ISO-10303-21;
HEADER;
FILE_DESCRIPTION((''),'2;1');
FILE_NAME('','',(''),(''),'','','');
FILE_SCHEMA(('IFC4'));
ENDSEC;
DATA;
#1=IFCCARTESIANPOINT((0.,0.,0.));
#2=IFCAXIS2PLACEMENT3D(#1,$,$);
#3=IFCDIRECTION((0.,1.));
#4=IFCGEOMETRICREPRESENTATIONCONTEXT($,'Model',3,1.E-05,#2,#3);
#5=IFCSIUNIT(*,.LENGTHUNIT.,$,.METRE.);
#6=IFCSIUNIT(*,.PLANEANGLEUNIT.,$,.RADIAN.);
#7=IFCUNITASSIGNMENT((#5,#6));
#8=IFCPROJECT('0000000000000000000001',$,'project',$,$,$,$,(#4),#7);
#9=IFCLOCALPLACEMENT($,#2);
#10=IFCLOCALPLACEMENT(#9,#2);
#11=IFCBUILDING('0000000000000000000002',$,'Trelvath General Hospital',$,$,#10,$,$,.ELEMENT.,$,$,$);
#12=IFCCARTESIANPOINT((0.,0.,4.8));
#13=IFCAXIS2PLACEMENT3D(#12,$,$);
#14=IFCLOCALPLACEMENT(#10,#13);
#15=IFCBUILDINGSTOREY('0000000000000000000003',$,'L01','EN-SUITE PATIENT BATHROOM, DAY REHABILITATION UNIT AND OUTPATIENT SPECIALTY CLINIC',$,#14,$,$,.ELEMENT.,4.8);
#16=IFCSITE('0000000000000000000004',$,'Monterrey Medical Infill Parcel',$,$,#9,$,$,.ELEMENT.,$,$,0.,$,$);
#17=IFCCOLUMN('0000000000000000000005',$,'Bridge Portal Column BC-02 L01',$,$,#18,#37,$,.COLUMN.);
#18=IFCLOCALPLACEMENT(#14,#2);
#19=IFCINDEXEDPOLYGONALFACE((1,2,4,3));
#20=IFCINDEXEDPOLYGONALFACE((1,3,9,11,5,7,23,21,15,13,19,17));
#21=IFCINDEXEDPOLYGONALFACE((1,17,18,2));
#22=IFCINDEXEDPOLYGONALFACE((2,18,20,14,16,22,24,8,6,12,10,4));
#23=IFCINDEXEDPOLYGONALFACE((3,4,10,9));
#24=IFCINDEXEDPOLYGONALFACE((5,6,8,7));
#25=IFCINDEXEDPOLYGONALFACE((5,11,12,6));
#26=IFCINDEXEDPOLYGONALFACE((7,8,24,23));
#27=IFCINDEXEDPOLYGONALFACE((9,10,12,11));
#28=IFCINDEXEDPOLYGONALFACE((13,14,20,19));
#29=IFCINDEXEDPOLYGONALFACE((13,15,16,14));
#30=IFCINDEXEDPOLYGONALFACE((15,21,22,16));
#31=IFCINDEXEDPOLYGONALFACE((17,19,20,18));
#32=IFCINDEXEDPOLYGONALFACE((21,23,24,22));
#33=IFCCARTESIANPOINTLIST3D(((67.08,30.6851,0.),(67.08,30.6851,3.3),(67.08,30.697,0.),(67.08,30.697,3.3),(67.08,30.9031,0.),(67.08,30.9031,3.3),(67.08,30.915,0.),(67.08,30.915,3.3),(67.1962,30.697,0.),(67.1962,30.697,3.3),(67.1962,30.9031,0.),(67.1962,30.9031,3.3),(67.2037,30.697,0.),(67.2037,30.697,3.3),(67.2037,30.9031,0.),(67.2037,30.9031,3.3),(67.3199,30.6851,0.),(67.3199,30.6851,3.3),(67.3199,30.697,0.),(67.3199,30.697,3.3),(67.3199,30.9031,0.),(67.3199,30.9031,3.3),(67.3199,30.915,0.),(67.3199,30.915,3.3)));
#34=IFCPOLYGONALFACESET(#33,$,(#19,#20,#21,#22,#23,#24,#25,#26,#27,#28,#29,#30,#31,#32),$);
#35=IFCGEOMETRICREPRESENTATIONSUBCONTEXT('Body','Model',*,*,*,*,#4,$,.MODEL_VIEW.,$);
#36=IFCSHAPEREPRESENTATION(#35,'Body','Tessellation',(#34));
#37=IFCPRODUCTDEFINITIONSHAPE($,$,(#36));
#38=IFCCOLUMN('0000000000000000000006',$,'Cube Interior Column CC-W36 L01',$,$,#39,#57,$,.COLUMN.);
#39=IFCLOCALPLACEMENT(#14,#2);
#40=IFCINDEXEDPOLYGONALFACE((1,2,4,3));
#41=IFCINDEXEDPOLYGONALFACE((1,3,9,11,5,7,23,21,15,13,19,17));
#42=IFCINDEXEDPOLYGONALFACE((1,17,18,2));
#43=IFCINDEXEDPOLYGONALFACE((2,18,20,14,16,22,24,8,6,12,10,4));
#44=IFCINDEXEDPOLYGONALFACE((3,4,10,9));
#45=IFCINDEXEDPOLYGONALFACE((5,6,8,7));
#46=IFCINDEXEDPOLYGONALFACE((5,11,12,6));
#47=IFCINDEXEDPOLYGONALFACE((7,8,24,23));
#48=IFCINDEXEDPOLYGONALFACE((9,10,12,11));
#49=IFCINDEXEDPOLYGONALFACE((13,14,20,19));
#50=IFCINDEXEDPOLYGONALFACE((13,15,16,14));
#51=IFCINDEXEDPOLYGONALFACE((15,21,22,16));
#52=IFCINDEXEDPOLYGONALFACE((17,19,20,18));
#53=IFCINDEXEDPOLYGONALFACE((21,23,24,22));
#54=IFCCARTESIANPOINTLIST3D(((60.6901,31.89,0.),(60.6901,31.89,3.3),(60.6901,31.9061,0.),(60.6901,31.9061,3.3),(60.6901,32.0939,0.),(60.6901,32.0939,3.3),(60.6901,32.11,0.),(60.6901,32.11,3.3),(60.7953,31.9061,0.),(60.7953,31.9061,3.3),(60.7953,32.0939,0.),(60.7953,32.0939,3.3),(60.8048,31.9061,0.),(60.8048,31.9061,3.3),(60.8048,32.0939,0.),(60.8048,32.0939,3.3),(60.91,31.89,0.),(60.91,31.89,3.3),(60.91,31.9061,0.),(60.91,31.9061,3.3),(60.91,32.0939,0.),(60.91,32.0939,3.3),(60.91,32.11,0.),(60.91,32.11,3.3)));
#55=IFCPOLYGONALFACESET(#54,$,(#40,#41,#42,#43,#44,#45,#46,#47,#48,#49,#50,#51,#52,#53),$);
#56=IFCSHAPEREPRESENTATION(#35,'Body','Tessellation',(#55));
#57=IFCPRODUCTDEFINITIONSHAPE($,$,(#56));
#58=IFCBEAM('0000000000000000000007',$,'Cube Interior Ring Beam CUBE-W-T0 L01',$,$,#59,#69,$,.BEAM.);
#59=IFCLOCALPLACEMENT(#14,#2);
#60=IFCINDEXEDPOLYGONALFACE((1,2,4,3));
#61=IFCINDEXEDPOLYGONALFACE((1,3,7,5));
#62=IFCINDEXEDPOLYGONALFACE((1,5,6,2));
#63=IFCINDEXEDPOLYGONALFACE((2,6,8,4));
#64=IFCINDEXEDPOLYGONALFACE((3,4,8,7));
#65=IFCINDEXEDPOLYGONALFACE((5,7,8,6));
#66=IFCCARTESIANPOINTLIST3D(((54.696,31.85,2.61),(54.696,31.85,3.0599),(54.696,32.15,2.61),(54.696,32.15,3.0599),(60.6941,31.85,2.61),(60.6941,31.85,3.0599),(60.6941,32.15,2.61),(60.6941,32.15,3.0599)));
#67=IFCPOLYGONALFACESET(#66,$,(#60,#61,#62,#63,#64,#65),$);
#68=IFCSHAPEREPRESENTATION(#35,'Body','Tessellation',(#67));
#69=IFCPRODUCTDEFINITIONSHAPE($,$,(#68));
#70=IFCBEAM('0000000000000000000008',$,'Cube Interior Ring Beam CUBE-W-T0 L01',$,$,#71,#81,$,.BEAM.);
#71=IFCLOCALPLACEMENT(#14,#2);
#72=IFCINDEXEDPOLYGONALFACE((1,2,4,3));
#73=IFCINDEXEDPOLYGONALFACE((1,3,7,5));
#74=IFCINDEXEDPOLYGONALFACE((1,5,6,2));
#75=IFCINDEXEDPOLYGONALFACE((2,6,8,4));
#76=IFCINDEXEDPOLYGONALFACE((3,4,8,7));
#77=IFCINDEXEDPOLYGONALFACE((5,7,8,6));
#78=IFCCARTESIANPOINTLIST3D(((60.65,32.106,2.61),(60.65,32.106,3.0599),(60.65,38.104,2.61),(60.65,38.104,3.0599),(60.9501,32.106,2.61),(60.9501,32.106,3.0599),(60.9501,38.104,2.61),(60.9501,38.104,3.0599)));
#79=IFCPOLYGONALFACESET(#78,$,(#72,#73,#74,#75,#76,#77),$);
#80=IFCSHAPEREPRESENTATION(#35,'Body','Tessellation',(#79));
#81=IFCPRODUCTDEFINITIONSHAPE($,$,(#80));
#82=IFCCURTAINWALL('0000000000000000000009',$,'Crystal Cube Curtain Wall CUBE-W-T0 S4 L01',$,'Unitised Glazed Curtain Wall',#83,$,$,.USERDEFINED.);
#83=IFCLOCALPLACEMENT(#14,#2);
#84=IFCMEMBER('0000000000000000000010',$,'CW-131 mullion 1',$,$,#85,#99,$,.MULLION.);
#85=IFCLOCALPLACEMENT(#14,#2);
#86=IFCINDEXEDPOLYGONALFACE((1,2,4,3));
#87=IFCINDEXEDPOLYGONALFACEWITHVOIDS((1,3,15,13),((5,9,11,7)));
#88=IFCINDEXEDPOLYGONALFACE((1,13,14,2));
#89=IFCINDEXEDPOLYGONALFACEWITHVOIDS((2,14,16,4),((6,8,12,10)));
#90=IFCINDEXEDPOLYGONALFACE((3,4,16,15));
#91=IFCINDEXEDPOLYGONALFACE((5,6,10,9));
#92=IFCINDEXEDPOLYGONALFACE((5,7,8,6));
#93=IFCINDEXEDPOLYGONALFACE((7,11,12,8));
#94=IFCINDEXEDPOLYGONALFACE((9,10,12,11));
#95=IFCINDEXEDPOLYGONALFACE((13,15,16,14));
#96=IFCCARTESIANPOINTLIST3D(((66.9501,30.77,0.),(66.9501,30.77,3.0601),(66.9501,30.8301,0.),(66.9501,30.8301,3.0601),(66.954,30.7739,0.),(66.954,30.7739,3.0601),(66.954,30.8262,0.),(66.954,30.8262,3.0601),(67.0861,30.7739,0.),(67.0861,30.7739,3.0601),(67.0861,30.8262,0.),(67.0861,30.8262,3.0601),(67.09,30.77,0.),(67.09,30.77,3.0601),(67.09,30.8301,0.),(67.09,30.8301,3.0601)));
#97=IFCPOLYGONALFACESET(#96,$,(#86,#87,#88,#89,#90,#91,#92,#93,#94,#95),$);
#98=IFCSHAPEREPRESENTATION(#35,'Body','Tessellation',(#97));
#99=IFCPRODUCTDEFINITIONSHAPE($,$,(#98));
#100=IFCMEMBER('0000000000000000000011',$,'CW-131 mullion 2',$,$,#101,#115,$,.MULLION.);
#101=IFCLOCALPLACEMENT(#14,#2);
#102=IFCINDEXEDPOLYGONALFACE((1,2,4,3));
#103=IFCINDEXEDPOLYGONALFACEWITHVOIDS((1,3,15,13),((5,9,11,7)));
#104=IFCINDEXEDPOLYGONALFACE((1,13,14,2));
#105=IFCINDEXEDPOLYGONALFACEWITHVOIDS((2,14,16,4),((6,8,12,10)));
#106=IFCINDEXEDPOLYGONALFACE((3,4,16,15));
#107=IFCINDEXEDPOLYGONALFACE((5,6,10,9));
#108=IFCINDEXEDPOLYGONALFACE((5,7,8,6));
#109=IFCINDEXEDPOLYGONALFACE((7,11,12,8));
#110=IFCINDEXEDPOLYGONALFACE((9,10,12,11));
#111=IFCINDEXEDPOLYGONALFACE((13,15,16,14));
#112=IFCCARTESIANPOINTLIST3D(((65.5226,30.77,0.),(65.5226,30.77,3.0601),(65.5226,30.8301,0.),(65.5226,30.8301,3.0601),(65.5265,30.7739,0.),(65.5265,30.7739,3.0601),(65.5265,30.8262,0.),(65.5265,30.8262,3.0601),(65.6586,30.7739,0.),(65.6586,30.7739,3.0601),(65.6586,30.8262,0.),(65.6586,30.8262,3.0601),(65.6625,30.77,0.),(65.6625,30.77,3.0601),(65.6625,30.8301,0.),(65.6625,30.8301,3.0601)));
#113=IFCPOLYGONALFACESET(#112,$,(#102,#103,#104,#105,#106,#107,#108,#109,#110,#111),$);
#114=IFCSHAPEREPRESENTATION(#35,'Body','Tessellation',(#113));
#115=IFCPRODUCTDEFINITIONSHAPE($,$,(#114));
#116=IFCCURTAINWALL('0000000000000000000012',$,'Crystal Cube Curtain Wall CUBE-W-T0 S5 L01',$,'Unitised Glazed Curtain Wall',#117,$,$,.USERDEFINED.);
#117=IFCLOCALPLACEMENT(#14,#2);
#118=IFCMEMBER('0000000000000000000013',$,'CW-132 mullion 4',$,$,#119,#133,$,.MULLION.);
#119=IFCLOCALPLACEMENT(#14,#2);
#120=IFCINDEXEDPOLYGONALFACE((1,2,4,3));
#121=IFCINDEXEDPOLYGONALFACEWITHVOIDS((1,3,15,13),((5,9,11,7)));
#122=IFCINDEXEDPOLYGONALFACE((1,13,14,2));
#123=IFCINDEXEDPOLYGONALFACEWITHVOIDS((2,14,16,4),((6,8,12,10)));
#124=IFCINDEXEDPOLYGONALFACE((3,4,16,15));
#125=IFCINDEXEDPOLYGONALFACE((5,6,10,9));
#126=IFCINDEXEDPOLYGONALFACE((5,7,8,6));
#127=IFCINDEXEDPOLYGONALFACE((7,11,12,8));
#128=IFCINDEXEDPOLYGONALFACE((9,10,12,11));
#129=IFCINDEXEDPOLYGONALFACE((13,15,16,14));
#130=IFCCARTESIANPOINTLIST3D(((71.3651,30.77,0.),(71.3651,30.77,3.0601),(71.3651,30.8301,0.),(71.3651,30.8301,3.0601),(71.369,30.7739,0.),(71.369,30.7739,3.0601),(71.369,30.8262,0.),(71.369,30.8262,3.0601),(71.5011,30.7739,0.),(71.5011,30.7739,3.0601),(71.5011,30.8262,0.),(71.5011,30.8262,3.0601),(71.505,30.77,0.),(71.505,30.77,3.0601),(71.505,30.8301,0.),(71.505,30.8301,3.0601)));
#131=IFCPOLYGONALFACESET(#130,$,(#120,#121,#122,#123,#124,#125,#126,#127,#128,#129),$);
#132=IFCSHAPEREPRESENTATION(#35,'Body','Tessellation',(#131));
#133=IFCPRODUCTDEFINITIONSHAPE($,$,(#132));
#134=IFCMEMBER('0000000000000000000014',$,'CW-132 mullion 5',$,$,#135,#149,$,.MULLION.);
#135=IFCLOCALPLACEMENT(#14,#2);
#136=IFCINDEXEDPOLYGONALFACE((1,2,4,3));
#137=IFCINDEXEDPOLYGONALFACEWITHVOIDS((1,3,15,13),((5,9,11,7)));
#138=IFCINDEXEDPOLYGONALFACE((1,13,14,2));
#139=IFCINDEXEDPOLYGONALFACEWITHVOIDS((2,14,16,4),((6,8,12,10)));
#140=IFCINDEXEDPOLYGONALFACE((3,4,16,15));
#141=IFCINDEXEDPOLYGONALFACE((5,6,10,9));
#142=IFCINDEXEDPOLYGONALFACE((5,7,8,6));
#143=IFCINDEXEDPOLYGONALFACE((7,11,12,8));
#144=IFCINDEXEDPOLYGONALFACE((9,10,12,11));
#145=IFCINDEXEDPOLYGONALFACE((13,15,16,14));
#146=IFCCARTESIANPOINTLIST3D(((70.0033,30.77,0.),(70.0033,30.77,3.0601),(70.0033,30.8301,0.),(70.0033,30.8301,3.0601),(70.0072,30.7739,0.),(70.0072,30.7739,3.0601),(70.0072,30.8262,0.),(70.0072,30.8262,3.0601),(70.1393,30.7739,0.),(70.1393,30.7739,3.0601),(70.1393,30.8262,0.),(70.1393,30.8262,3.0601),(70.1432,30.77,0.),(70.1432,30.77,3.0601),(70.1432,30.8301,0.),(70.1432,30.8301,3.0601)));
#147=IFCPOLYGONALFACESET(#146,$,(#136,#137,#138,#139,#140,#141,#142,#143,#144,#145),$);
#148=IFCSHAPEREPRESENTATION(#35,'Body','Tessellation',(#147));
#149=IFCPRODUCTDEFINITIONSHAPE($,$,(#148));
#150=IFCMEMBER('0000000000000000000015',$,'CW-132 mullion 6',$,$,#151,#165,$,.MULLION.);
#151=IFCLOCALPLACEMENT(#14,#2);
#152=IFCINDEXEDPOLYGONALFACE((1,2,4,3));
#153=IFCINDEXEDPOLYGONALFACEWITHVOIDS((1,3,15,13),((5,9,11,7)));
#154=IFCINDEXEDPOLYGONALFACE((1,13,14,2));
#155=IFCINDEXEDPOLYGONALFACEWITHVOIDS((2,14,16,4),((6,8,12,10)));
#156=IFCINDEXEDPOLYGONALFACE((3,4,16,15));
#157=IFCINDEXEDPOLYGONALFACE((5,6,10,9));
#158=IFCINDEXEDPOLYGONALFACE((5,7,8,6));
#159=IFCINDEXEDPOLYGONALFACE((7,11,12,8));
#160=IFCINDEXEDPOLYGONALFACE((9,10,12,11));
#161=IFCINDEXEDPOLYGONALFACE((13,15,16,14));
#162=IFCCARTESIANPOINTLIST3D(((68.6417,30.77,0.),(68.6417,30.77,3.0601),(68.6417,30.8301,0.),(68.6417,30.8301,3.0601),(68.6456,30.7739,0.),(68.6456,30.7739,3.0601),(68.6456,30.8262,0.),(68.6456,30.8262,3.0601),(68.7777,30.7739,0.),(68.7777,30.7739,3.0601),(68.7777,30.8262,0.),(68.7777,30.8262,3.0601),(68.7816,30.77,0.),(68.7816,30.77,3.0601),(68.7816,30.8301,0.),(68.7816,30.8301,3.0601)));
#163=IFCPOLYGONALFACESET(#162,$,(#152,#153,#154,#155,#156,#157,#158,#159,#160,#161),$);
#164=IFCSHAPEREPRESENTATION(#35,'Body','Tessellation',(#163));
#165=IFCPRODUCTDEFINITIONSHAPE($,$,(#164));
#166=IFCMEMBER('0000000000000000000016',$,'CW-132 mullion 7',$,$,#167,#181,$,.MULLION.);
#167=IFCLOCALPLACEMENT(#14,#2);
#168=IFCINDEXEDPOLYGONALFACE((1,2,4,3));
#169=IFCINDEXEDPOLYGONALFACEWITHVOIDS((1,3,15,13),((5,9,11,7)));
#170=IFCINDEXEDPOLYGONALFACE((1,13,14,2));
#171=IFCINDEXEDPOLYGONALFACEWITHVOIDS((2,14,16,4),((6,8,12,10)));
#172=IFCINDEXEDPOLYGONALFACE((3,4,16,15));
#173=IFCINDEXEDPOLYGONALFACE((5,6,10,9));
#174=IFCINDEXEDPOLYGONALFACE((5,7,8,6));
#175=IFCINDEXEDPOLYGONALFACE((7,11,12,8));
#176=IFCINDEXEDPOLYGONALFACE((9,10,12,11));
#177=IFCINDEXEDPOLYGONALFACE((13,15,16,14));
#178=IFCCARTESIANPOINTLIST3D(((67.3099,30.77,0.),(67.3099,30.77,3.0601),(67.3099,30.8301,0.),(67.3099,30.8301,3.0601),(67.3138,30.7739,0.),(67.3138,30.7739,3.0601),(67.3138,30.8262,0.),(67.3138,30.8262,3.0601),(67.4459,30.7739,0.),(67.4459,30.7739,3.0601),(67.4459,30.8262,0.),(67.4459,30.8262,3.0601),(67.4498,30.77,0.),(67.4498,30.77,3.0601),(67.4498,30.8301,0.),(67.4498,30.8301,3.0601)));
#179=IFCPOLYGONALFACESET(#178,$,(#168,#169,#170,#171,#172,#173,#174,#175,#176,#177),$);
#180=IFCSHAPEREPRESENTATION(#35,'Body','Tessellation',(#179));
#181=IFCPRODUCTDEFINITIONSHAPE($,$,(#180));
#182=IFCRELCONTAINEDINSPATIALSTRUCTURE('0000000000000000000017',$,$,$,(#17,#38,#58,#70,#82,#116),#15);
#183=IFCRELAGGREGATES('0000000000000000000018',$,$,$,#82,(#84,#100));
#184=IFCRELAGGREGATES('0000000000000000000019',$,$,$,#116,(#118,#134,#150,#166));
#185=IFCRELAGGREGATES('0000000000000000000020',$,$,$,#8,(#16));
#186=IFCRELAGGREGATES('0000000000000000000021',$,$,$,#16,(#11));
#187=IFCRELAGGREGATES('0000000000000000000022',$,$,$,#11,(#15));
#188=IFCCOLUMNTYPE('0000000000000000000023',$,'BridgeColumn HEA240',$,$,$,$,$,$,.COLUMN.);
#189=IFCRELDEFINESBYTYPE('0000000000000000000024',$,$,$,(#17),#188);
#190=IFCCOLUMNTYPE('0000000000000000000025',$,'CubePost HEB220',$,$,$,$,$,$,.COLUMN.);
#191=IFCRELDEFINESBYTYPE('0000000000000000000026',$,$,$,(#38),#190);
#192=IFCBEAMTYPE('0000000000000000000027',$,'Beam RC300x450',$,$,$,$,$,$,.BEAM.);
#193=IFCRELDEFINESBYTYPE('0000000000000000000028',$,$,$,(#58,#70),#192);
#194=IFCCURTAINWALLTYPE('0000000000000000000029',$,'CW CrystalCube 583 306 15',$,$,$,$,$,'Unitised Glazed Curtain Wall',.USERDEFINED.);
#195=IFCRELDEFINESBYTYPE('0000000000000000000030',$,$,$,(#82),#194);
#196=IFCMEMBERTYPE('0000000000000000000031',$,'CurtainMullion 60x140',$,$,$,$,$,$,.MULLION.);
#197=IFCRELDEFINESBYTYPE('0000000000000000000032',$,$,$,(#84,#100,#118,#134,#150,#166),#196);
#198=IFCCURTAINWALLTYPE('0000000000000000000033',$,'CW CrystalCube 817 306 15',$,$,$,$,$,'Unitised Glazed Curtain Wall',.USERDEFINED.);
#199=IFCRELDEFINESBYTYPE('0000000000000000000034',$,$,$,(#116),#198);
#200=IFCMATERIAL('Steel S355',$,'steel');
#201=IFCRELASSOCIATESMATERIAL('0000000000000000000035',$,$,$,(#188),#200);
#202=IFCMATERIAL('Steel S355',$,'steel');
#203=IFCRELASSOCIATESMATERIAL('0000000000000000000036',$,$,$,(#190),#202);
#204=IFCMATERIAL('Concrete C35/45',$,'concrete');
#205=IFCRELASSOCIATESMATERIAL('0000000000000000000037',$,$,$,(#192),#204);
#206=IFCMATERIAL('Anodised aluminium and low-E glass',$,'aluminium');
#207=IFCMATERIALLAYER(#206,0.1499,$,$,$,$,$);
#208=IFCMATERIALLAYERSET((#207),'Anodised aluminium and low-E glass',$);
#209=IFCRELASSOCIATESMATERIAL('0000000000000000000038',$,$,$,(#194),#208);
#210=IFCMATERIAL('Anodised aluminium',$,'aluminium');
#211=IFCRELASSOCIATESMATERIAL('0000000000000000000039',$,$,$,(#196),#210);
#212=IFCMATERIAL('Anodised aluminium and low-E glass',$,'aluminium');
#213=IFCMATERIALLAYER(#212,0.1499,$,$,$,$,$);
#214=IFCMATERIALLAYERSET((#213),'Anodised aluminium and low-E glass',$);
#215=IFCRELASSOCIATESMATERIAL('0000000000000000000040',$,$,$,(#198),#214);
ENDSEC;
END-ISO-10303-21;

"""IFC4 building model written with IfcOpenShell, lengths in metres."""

from ifc_helpers import new_model, si_unit, direction, frame, origin, origin_2d, place, context, subcontext, project, spatial, rectangle, hollow_rectangle, i_section, extrude, material, layer, layer_set, material_profile, profile_set, type_object, element, aggregate, save


model = new_model("IFC4")

# Units and contexts
model_context = context("Model", 3, precision=1e-05, world=origin(), true_north=direction((0.0, 1.0)))
body_context = subcontext(model_context, "Body", "Model", "MODEL_VIEW")
ifc_project = project(units=[si_unit("LENGTHUNIT", "METRE"), si_unit("PLANEANGLEUNIT", "RADIAN")], contexts=[model_context])

# Site, building, storey
site_placement = place(None, origin())
site = spatial("IfcSite", under=ifc_project, at=site_placement, Name="Monterrey Medical Infill Parcel", CompositionType="ELEMENT", RefElevation=0.0)
building_placement = place(site_placement, origin())
building = spatial("IfcBuilding", under=site, at=building_placement, Name="Trelvath General Hospital", CompositionType="ELEMENT")
storey_placement = place(building_placement, frame((0.0, 0.0, 4.8)))
storey = spatial("IfcBuildingStorey", under=building, at=storey_placement, Name="L01", Description="EN-SUITE PATIENT BATHROOM, DAY REHABILITATION UNIT AND OUTPATIENT SPECIALTY CLINIC", CompositionType="ELEMENT", Elevation=4.8)

# Columns
ifc_material_1 = material(Name="Steel S355", Category="steel")
ifc_material_profile_1 = material_profile(ifc_material_1, i_section(OverallWidth=0.24, OverallDepth=0.23, WebThickness=0.0076, FlangeThickness=0.012, at=origin_2d()), Name="HEA240")
ifc_profile_set_1 = profile_set([ifc_material_profile_1], Name="Steel S355")
column_type_1 = type_object("IfcColumnType", Name="BridgeColumn HEA240", PredefinedType="COLUMN", material=ifc_profile_set_1)
column_1_placement = place(storey_placement, frame((67.2, 30.8, 0.0), z_axis=(0.0, 0.0, 1.0), x_axis=(1.0, 0.0, 0.0)))
element("IfcColumn", 1, at=column_1_placement, inside=storey, type_object=column_type_1, Name="Bridge Portal Column BC-02 L01", PredefinedType="COLUMN", context=body_context, shape_type="SweptSolid", body=[
    extrude(i_section(OverallWidth=0.24, OverallDepth=0.23, WebThickness=0.0076, FlangeThickness=0.012, at=origin_2d()), origin(), (0.0, 0.0, 1.0), 3.3),
])
ifc_material_2 = material(Name="Steel S355", Category="steel")
ifc_material_profile_2 = material_profile(ifc_material_2, i_section(OverallWidth=0.22, OverallDepth=0.22, WebThickness=0.0095, FlangeThickness=0.0161, at=origin_2d()), Name="HEB220")
ifc_profile_set_2 = profile_set([ifc_material_profile_2], Name="Steel S355")
column_type_2 = type_object("IfcColumnType", Name="CubePost HEB220", PredefinedType="COLUMN", material=ifc_profile_set_2)
column_2_placement = place(storey_placement, frame((60.8, 32.0, 0.0), z_axis=(0.0, 0.0, 1.0), x_axis=(1.0, 0.0, 0.0)))
element("IfcColumn", 2, at=column_2_placement, inside=storey, type_object=column_type_2, Name="Cube Interior Column CC-W36 L01", PredefinedType="COLUMN", context=body_context, shape_type="SweptSolid", body=[
    extrude(i_section(OverallWidth=0.22, OverallDepth=0.22, WebThickness=0.0095, FlangeThickness=0.0161, at=origin_2d()), origin(), (0.0, 0.0, 1.0), 3.3),
])

# Beams
ifc_material_3 = material(Name="Concrete C35/45", Category="concrete")
ifc_material_profile_3 = material_profile(ifc_material_3, rectangle(XDim=0.3, YDim=0.45, at=origin_2d()), Name="RCB300x450")
ifc_profile_set_3 = profile_set([ifc_material_profile_3], Name="Concrete C35/45")
beam_type = type_object("IfcBeamType", Name="Beam RC300x450", PredefinedType="BEAM", material=ifc_profile_set_3)
for number, where, z_axis, x_axis, name in (
    (3, (54.696, 32.0, 2.835), (1.0, 0.0, 0.0), (0.0, 1.0, 0.0), "Cube Interior Ring Beam CUBE-W-T0 L01"),
    (4, (60.8, 32.106, 2.835), (0.0, 1.0, 0.0), (-1.0, 0.0, 0.0), "Cube Interior Ring Beam CUBE-W-T0 L01"),
):
    element("IfcBeam", number, at=place(storey_placement, frame(where, z_axis=z_axis, x_axis=x_axis)), inside=storey, type_object=beam_type, Name=name, PredefinedType="BEAM", context=body_context, shape_type="SweptSolid", body=[
        extrude(rectangle(XDim=0.3, YDim=0.45, at=origin_2d()), origin(), (0.0, 0.0, 1.0), 5.998),
    ])

# Curtain walls, members
ifc_material_4 = material(Name="Anodised aluminium and low-E glass", Category="aluminium")
ifc_layer_1 = layer(ifc_material_4, 0.1499)
ifc_layer_set_1 = layer_set([ifc_layer_1], Name="Anodised aluminium and low-E glass")
curtain_wall_type_1 = type_object("IfcCurtainWallType", Name="CW CrystalCube 583 306 15", ElementType="Unitised Glazed Curtain Wall", PredefinedType="USERDEFINED", material=ifc_layer_set_1)
curtain_wall_1_placement = place(storey_placement, origin())
curtain_wall_1 = element("IfcCurtainWall", 5, at=curtain_wall_1_placement, inside=storey, type_object=curtain_wall_type_1, Name="Crystal Cube Curtain Wall CUBE-W-T0 S4 L01", ObjectType="Unitised Glazed Curtain Wall", PredefinedType="USERDEFINED")
ifc_material_5 = material(Name="Anodised aluminium", Category="aluminium")
ifc_material_profile_4 = material_profile(ifc_material_5, hollow_rectangle(XDim=0.0601, YDim=0.1399, WallThickness=0.0039, at=origin_2d()), Name="RHS60x140x4")
ifc_profile_set_4 = profile_set([ifc_material_profile_4], Name="Anodised aluminium")
member_type_1 = type_object("IfcMemberType", Name="CurtainMullion 60x140", PredefinedType="MULLION", material=ifc_profile_set_4)
member_1_placement = place(storey_placement, frame((67.02, 30.8, 0.0), z_axis=(0.0, 0.0, 1.0), x_axis=(0.0, -1.0, 0.0)))
member_1 = element("IfcMember", 6, at=member_1_placement, type_object=member_type_1, Name="CW-131 mullion 1", PredefinedType="MULLION", context=body_context, shape_type="SweptSolid", body=[
    extrude(hollow_rectangle(XDim=0.0601, YDim=0.1399, WallThickness=0.0039, at=origin_2d()), origin(), (0.0, 0.0, 1.0), 3.0601),
])
member_2_placement = place(storey_placement, frame((65.5925, 30.8, 0.0), z_axis=(0.0, 0.0, 1.0), x_axis=(0.0, -1.0, 0.0)))
member_2 = element("IfcMember", 7, at=member_2_placement, type_object=member_type_1, Name="CW-131 mullion 2", PredefinedType="MULLION", context=body_context, shape_type="SweptSolid", body=[
    extrude(hollow_rectangle(XDim=0.0601, YDim=0.1399, WallThickness=0.0039, at=origin_2d()), origin(), (0.0, 0.0, 1.0), 3.0601),
])
ifc_material_6 = material(Name="Anodised aluminium and low-E glass", Category="aluminium")
ifc_layer_2 = layer(ifc_material_6, 0.1499)
ifc_layer_set_2 = layer_set([ifc_layer_2], Name="Anodised aluminium and low-E glass")
curtain_wall_type_2 = type_object("IfcCurtainWallType", Name="CW CrystalCube 817 306 15", ElementType="Unitised Glazed Curtain Wall", PredefinedType="USERDEFINED", material=ifc_layer_set_2)
curtain_wall_2_placement = place(storey_placement, origin())
curtain_wall_2 = element("IfcCurtainWall", 8, at=curtain_wall_2_placement, inside=storey, type_object=curtain_wall_type_2, Name="Crystal Cube Curtain Wall CUBE-W-T0 S5 L01", ObjectType="Unitised Glazed Curtain Wall", PredefinedType="USERDEFINED")
member_3_placement = place(storey_placement, frame((71.4351, 30.8, 0.0), z_axis=(0.0, 0.0, 1.0), x_axis=(0.0, -1.0, 0.0)))
member_3 = element("IfcMember", 9, at=member_3_placement, type_object=member_type_1, Name="CW-132 mullion 4", PredefinedType="MULLION", context=body_context, shape_type="SweptSolid", body=[
    extrude(hollow_rectangle(XDim=0.0601, YDim=0.1399, WallThickness=0.0039, at=origin_2d()), origin(), (0.0, 0.0, 1.0), 3.0601),
])
member_4_placement = place(storey_placement, frame((70.0732, 30.8, 0.0), z_axis=(0.0, 0.0, 1.0), x_axis=(0.0, -1.0, 0.0)))
member_4 = element("IfcMember", 10, at=member_4_placement, type_object=member_type_1, Name="CW-132 mullion 5", PredefinedType="MULLION", context=body_context, shape_type="SweptSolid", body=[
    extrude(hollow_rectangle(XDim=0.0601, YDim=0.1399, WallThickness=0.0039, at=origin_2d()), origin(), (0.0, 0.0, 1.0), 3.0601),
])
member_5_placement = place(storey_placement, frame((68.7117, 30.8, 0.0), z_axis=(0.0, 0.0, 1.0), x_axis=(0.0, -1.0, 0.0)))
member_5 = element("IfcMember", 11, at=member_5_placement, type_object=member_type_1, Name="CW-132 mullion 6", PredefinedType="MULLION", context=body_context, shape_type="SweptSolid", body=[
    extrude(hollow_rectangle(XDim=0.0601, YDim=0.1399, WallThickness=0.0039, at=origin_2d()), origin(), (0.0, 0.0, 1.0), 3.0601),
])
member_6_placement = place(storey_placement, frame((67.3799, 30.8, 0.0), z_axis=(0.0, 0.0, 1.0), x_axis=(0.0, -1.0, 0.0)))
member_6 = element("IfcMember", 12, at=member_6_placement, type_object=member_type_1, Name="CW-132 mullion 7", PredefinedType="MULLION", context=body_context, shape_type="SweptSolid", body=[
    extrude(hollow_rectangle(XDim=0.0601, YDim=0.1399, WallThickness=0.0039, at=origin_2d()), origin(), (0.0, 0.0, 1.0), 3.0601),
])

aggregate(curtain_wall_1, [member_1, member_2])
aggregate(curtain_wall_2, [member_3, member_4, member_5, member_6])

save(model, "model.ifc")
